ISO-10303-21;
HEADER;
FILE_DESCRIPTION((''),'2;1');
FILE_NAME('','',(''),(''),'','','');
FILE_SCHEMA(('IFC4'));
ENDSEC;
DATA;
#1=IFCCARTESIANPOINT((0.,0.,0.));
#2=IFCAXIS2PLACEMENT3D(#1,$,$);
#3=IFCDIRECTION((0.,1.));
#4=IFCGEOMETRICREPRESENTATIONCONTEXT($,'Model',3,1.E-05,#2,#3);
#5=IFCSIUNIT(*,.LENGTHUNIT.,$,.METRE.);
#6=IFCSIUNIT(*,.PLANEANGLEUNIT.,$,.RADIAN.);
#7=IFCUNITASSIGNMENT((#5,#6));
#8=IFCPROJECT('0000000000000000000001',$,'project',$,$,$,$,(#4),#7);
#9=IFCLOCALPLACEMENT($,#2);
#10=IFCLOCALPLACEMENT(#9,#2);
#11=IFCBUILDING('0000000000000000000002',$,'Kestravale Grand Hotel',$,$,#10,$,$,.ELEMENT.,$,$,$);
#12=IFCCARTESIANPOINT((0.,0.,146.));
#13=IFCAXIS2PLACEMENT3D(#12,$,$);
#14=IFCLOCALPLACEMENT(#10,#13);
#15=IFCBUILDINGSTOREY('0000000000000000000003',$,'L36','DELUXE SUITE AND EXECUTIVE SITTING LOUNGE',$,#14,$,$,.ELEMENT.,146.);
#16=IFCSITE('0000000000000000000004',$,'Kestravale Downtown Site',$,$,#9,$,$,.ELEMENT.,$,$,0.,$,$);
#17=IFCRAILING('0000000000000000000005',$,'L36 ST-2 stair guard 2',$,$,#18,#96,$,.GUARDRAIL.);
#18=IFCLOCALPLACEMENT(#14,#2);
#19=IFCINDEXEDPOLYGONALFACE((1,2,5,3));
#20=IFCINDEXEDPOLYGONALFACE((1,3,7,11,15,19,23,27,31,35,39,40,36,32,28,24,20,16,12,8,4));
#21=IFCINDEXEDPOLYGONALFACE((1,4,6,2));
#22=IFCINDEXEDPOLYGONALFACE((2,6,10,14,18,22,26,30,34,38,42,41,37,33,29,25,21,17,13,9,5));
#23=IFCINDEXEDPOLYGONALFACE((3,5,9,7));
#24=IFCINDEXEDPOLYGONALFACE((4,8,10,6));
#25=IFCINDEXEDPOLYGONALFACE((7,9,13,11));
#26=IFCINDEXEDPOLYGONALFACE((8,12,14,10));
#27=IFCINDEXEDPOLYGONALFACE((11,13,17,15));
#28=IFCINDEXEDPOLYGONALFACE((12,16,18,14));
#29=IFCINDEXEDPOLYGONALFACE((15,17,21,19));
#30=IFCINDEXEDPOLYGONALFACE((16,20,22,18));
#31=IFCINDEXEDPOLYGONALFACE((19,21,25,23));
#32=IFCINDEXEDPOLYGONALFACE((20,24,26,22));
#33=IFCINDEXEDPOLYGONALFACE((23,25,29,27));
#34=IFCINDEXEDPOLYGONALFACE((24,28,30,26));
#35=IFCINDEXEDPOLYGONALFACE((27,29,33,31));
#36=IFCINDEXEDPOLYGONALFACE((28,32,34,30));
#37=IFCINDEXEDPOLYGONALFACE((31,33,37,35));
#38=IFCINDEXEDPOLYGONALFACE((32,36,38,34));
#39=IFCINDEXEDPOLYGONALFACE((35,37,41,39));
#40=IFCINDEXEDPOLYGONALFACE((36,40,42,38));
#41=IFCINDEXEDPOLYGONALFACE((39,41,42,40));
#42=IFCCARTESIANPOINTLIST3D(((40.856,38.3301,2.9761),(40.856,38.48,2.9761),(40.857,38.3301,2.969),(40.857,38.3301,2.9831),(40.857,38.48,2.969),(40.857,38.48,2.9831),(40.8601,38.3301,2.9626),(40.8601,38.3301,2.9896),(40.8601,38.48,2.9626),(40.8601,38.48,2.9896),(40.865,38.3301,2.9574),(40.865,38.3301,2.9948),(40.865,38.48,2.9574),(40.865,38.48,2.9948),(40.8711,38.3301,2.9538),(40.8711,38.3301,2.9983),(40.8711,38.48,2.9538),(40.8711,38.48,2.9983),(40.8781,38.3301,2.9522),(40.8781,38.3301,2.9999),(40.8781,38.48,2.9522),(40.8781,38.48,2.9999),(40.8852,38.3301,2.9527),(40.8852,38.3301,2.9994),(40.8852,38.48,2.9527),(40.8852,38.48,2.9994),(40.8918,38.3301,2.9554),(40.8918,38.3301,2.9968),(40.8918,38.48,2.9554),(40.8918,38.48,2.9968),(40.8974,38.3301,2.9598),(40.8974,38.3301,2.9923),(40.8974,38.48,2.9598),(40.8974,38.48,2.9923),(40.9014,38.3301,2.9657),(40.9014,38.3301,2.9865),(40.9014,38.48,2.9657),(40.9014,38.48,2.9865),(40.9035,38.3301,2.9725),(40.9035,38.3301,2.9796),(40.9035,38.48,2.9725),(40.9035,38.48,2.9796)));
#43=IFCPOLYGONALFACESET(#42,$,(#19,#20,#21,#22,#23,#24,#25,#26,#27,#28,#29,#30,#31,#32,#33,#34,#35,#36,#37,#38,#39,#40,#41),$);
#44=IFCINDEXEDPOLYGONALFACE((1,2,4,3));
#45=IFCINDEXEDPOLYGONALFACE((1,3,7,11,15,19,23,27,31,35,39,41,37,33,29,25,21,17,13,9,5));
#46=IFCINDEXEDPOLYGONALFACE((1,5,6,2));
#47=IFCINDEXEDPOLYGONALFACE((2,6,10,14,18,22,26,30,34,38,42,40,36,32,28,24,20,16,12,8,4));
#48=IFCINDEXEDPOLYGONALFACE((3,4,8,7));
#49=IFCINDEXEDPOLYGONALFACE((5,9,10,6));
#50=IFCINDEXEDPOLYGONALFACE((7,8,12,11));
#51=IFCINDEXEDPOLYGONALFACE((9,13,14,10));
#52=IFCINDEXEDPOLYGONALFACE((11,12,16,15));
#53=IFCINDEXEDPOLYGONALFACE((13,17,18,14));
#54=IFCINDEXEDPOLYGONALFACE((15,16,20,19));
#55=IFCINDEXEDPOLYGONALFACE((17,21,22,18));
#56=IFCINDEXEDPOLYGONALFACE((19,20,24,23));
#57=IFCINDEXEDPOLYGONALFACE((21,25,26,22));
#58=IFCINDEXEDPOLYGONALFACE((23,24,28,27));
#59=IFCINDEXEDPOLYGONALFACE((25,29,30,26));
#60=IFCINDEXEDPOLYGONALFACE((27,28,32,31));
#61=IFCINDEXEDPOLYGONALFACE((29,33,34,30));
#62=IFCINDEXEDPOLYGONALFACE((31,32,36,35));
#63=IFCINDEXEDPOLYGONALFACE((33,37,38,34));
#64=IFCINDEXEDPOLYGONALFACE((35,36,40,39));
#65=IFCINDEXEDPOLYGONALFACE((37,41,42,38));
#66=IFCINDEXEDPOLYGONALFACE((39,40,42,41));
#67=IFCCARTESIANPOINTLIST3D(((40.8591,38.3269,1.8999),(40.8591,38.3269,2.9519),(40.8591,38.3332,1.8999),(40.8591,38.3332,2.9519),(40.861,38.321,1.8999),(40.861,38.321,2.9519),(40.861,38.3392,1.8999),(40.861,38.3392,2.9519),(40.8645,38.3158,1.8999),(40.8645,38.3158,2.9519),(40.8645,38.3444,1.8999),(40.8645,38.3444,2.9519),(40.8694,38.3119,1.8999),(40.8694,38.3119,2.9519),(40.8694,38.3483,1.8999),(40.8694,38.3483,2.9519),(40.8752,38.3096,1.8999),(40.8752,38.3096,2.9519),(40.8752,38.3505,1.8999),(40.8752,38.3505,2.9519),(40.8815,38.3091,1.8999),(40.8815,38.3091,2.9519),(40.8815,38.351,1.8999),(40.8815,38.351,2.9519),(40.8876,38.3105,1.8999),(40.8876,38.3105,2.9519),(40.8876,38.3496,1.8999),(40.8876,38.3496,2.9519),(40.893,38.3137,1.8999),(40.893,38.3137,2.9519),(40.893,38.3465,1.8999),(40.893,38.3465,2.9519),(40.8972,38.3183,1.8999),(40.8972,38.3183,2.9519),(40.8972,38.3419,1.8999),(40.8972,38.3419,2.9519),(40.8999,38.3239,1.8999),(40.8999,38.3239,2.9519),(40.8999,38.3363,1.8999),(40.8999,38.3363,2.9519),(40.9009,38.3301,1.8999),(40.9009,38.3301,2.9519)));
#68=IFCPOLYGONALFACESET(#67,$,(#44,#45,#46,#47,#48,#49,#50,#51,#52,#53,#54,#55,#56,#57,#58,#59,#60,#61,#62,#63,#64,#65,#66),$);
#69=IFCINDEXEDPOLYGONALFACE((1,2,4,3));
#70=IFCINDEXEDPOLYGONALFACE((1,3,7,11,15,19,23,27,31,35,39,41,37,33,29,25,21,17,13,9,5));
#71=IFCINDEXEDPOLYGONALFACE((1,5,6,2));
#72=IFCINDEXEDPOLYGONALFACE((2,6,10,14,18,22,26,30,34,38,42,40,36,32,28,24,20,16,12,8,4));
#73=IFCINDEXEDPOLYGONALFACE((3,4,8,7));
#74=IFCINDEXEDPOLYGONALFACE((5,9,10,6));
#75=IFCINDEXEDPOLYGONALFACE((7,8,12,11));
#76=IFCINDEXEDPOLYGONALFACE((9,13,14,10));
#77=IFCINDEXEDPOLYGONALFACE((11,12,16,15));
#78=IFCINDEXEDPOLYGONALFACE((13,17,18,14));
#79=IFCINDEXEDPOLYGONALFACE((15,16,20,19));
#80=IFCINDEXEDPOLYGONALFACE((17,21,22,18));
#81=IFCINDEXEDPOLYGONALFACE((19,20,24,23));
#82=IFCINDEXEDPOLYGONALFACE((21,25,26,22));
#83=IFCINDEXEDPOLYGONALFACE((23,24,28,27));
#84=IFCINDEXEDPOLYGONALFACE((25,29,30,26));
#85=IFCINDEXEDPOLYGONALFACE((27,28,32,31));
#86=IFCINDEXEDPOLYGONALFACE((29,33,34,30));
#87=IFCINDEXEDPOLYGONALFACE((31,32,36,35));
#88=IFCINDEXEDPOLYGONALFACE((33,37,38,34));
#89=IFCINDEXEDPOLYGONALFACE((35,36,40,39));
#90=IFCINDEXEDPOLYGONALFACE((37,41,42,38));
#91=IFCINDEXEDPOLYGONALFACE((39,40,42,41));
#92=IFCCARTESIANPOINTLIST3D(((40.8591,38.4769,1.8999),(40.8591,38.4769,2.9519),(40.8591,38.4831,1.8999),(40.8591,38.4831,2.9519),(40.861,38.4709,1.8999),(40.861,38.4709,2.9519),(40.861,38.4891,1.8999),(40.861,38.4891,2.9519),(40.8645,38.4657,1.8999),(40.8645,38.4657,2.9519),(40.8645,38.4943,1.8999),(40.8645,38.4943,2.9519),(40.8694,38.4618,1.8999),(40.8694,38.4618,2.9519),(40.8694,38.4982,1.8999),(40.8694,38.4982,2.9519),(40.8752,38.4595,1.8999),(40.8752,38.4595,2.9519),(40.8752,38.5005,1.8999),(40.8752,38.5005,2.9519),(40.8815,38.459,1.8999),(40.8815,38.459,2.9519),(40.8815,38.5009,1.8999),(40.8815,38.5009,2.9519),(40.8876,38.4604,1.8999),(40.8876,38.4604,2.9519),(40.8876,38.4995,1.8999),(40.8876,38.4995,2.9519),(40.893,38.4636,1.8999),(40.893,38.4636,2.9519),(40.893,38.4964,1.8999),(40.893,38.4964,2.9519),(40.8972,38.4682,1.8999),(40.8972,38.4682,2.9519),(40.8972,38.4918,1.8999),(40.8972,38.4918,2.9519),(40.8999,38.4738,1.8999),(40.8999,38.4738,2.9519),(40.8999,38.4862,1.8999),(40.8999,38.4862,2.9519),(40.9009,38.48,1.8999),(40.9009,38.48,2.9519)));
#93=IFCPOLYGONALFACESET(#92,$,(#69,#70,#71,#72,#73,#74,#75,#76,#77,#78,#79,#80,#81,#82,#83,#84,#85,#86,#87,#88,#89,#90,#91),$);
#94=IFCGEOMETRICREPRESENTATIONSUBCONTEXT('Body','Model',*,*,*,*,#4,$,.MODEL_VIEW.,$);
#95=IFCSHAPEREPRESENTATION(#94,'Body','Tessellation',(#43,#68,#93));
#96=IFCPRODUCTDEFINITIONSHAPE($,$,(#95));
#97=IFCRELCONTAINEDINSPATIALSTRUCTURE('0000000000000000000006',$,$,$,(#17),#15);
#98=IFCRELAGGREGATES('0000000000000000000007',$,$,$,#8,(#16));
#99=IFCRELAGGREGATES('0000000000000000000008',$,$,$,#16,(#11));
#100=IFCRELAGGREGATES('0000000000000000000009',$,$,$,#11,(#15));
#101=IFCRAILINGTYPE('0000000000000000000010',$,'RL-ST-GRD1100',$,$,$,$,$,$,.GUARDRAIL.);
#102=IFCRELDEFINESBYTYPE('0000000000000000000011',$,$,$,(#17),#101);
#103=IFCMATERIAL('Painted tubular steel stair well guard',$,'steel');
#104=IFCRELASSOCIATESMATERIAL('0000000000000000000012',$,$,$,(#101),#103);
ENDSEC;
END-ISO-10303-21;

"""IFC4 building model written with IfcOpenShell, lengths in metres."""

from ifc_helpers import new_model, si_unit, direction, frame, origin, origin_2d, place, context, subcontext, project, spatial, circle, extrude, material, type_object, element, save


model = new_model("IFC4")

# Units and contexts
model_context = context("Model", 3, precision=1e-05, world=origin(), true_north=direction((0.0, 1.0)))
body_context = subcontext(model_context, "Body", "Model", "MODEL_VIEW")
ifc_project = project(units=[si_unit("LENGTHUNIT", "METRE"), si_unit("PLANEANGLEUNIT", "RADIAN")], contexts=[model_context])

# Site, building, storey
site_placement = place(None, origin())
site = spatial("IfcSite", under=ifc_project, at=site_placement, Name="Kestravale Downtown Site", CompositionType="ELEMENT", RefElevation=0.0)
building_placement = place(site_placement, origin())
building = spatial("IfcBuilding", under=site, at=building_placement, Name="Kestravale Grand Hotel", CompositionType="ELEMENT")
storey_placement = place(building_placement, frame((0.0, 0.0, 146.0)))
storey = spatial("IfcBuildingStorey", under=building, at=storey_placement, Name="L36", Description="DELUXE SUITE AND EXECUTIVE SITTING LOUNGE", CompositionType="ELEMENT", Elevation=146.0)

# Railing
ifc_material_1 = material(Name="Painted tubular steel stair well guard", Category="steel")
railing_type_1 = type_object("IfcRailingType", Name="RL-ST-GRD1100", PredefinedType="GUARDRAIL", material=ifc_material_1)
railing_1_placement = place(storey_placement, frame((40.8799, 38.3301, 1.8999)))
element("IfcRailing", 1, at=railing_1_placement, inside=storey, type_object=railing_type_1, Name="L36 ST-2 stair guard 2", PredefinedType="GUARDRAIL", context=body_context, shape_type="SweptSolid", body=[
    extrude(circle(Radius=0.0239, at=origin_2d()), frame((0.0, 0.0, 1.0762), z_axis=(0.0, 1.0, 0.0), x_axis=(-1.0, 0.0, 0.0)), (0.0, 0.0, 1.0), 0.1499),
    extrude(circle(Radius=0.021, at=origin_2d()), origin(), (0.0, 0.0, 1.0), 1.052),
    extrude(circle(Radius=0.021, at=origin_2d()), frame((0.0, 0.1499, 0.0)), (0.0, 0.0, 1.0), 1.052),
])

save(model, "model.ifc")
